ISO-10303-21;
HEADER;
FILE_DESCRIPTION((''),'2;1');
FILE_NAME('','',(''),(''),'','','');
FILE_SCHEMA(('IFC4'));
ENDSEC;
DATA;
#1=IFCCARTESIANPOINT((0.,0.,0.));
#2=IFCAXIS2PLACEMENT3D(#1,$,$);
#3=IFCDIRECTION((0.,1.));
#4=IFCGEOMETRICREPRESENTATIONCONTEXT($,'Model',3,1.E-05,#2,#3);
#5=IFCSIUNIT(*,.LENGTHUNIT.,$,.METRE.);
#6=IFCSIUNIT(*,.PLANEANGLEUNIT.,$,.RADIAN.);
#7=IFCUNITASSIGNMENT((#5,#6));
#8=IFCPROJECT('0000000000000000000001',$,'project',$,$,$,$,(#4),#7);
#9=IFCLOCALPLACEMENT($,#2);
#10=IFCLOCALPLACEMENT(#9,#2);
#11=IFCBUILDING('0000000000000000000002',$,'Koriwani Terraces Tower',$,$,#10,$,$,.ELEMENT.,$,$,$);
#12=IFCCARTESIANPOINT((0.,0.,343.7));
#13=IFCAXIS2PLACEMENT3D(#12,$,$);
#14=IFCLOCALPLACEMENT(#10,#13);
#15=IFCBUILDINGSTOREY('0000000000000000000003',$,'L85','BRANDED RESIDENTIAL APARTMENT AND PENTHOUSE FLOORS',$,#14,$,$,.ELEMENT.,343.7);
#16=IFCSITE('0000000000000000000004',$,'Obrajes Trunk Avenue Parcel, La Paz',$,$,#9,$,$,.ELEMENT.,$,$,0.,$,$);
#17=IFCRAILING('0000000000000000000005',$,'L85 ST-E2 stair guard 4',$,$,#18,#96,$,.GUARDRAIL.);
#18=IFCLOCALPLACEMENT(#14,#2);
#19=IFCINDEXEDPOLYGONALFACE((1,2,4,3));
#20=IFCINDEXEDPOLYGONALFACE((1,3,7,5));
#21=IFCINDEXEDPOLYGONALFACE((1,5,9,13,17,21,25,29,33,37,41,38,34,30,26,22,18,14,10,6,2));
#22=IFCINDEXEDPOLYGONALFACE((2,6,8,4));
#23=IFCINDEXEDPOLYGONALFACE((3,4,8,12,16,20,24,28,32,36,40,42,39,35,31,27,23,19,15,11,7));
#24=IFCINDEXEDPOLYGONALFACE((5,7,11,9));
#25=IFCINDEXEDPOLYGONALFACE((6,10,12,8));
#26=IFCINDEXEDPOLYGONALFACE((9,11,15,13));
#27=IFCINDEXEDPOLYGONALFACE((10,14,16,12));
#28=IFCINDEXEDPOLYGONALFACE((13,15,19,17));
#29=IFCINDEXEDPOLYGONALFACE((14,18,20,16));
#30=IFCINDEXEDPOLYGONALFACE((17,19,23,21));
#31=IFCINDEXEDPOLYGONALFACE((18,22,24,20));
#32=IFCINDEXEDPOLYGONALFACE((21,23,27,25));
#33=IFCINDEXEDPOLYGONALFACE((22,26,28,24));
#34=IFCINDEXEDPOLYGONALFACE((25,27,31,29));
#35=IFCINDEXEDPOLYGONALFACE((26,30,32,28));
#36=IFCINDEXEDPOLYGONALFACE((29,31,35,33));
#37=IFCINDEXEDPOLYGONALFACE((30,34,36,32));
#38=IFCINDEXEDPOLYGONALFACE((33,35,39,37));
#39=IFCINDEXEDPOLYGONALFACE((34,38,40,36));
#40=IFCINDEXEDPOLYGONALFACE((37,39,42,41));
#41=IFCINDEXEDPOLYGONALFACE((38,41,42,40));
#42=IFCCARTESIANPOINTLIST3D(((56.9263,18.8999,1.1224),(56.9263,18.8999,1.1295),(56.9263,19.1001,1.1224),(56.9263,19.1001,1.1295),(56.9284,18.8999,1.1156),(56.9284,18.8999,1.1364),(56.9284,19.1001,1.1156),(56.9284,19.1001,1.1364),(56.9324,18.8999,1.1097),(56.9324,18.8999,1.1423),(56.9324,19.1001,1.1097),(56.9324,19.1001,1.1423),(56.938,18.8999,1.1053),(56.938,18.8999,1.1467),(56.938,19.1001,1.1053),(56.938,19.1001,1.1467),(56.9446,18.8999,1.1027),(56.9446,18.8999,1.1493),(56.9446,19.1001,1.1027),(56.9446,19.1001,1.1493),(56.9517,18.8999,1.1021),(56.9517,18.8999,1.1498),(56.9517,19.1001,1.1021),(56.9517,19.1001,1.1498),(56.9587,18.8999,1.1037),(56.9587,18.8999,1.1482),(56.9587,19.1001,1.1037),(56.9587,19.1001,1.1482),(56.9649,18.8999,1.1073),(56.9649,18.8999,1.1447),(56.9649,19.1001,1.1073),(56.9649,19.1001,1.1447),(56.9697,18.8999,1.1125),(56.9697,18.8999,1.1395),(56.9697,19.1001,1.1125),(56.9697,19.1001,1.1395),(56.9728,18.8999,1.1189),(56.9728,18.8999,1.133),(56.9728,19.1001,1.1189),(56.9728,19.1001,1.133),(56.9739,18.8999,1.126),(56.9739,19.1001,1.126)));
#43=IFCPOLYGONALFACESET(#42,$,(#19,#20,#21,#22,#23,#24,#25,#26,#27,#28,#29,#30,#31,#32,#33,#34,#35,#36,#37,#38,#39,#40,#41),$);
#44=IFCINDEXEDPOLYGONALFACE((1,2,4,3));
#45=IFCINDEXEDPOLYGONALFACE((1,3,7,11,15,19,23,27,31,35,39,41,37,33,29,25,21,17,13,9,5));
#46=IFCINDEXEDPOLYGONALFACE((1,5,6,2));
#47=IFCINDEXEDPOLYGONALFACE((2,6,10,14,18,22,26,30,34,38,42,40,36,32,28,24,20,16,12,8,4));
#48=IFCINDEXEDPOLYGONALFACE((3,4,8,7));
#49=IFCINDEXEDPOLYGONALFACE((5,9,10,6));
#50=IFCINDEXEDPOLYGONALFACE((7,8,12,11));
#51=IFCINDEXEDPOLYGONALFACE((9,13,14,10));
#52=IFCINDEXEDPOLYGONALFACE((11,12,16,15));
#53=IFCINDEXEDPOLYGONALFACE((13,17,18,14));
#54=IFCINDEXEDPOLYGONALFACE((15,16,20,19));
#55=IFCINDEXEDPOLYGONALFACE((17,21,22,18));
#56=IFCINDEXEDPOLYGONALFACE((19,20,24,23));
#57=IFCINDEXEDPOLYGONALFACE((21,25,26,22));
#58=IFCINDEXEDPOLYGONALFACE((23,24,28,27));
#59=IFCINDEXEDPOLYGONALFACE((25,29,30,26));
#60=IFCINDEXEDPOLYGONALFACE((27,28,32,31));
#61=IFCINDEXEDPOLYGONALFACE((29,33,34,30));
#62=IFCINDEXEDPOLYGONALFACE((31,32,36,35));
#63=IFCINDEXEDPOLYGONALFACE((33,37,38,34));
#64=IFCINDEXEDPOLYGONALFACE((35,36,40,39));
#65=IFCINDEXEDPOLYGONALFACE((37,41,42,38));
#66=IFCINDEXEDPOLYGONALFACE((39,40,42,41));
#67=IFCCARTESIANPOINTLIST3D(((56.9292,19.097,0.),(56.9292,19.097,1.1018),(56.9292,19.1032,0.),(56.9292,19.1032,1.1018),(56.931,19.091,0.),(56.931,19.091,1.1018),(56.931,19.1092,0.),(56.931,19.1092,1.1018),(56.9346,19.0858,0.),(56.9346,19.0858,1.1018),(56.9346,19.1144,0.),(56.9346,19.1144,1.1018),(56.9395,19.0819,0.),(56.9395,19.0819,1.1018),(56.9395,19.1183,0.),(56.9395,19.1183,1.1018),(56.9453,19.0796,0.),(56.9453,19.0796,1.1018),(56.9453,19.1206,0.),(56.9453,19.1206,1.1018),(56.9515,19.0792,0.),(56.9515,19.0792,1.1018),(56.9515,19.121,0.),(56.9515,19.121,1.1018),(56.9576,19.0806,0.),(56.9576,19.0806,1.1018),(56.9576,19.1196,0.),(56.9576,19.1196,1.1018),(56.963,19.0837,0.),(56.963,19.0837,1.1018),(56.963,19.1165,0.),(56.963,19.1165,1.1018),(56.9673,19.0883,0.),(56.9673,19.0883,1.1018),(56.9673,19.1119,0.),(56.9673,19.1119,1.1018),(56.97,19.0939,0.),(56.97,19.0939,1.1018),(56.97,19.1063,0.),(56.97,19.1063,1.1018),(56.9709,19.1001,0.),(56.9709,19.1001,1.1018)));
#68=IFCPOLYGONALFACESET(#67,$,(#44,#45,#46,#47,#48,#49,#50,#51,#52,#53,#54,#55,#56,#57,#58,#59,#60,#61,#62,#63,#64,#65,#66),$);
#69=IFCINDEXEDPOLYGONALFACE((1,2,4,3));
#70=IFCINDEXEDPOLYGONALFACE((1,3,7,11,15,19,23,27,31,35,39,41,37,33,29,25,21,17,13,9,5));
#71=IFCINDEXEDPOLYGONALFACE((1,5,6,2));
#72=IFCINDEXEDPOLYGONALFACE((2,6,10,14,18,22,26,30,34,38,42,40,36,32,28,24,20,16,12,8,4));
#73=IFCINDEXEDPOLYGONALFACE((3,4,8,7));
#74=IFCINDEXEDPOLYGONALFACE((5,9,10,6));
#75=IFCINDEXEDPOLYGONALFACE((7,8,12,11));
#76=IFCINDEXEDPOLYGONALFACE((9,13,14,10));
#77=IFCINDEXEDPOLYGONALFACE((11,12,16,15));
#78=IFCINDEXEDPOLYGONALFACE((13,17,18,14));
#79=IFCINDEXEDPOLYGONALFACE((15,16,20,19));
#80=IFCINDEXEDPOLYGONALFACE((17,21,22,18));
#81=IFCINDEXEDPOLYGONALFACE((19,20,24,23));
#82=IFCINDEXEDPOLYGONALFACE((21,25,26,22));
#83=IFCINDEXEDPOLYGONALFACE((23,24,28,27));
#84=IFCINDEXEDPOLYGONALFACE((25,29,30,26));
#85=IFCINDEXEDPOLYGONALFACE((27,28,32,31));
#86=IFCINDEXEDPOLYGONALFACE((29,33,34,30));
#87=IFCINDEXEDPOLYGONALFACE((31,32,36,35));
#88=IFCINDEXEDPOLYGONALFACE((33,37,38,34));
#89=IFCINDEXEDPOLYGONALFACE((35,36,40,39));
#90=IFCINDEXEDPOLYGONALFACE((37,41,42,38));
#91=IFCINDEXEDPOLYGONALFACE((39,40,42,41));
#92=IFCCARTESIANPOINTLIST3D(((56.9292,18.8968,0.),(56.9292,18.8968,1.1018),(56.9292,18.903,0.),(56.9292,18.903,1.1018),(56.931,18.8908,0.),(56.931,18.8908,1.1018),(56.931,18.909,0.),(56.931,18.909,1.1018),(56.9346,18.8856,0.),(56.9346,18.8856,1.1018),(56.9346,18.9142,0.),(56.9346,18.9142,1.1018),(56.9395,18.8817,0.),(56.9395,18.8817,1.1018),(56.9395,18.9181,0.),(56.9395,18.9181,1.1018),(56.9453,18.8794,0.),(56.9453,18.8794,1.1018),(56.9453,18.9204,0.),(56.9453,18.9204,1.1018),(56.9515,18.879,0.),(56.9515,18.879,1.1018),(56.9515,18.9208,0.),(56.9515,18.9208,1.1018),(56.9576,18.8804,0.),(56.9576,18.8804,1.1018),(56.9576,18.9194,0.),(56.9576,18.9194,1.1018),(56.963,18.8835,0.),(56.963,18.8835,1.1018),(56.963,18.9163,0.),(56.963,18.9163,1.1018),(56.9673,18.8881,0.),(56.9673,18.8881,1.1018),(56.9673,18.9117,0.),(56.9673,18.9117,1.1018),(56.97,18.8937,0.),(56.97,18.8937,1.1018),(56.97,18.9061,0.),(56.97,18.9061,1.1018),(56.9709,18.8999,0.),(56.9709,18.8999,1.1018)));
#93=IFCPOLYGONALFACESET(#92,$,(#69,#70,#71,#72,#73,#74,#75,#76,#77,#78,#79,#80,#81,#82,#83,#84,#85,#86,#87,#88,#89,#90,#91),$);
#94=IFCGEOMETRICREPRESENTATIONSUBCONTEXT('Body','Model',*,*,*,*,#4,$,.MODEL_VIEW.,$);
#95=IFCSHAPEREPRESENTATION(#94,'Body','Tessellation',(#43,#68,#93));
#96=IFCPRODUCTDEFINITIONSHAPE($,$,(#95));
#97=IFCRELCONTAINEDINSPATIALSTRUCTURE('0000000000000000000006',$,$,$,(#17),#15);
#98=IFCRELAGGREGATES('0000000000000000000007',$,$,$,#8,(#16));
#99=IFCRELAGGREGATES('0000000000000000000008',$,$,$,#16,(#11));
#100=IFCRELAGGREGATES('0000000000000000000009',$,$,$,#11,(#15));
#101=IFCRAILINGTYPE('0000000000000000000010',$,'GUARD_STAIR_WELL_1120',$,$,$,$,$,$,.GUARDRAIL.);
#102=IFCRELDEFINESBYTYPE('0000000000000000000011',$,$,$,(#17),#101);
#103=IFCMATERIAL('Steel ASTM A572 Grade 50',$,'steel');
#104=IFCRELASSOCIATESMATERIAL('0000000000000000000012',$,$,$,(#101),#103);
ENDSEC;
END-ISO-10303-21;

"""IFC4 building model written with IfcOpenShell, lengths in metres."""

from ifc_helpers import new_model, si_unit, direction, frame, origin, origin_2d, place, context, subcontext, project, spatial, circle, extrude, material, type_object, element, save


model = new_model("IFC4")

# Units and contexts
model_context = context("Model", 3, precision=1e-05, world=origin(), true_north=direction((0.0, 1.0)))
body_context = subcontext(model_context, "Body", "Model", "MODEL_VIEW")
ifc_project = project(units=[si_unit("LENGTHUNIT", "METRE"), si_unit("PLANEANGLEUNIT", "RADIAN")], contexts=[model_context])

# Site, building, storey
site_placement = place(None, origin())
site = spatial("IfcSite", under=ifc_project, at=site_placement, Name="Obrajes Trunk Avenue Parcel, La Paz", CompositionType="ELEMENT", RefElevation=0.0)
building_placement = place(site_placement, origin())
building = spatial("IfcBuilding", under=site, at=building_placement, Name="Koriwani Terraces Tower", CompositionType="ELEMENT")
storey_placement = place(building_placement, frame((0.0, 0.0, 343.7)))
storey = spatial("IfcBuildingStorey", under=building, at=storey_placement, Name="L85", Description="BRANDED RESIDENTIAL APARTMENT AND PENTHOUSE FLOORS", CompositionType="ELEMENT", Elevation=343.7)

# Shared definitions
ifc_material_1 = material(Name="Steel ASTM A572 Grade 50", Category="steel")

# Railing
railing_type = type_object("IfcRailingType", Name="GUARD_STAIR_WELL_1120", PredefinedType="GUARDRAIL", material=ifc_material_1)
railing_1_placement = place(storey_placement, frame((56.95, 19.1001, 0.0)))
element("IfcRailing", 1, at=railing_1_placement, inside=storey, type_object=railing_type, Name="L85 ST-E2 stair guard 4", PredefinedType="GUARDRAIL", context=body_context, shape_type="SweptSolid", body=[
    extrude(circle(Radius=0.0239, at=origin_2d()), frame((0.0, 0.0, 1.126), z_axis=(0.0, -1.0, 0.0), x_axis=(1.0, 0.0, 0.0)), (0.0, 0.0, 1.0), 0.2002),
    extrude(circle(Radius=0.021, at=origin_2d()), origin(), (0.0, 0.0, 1.0), 1.1018),
    extrude(circle(Radius=0.021, at=origin_2d()), frame((0.0, -0.2002, 0.0)), (0.0, 0.0, 1.0), 1.1018),
])

save(model, "model.ifc")
